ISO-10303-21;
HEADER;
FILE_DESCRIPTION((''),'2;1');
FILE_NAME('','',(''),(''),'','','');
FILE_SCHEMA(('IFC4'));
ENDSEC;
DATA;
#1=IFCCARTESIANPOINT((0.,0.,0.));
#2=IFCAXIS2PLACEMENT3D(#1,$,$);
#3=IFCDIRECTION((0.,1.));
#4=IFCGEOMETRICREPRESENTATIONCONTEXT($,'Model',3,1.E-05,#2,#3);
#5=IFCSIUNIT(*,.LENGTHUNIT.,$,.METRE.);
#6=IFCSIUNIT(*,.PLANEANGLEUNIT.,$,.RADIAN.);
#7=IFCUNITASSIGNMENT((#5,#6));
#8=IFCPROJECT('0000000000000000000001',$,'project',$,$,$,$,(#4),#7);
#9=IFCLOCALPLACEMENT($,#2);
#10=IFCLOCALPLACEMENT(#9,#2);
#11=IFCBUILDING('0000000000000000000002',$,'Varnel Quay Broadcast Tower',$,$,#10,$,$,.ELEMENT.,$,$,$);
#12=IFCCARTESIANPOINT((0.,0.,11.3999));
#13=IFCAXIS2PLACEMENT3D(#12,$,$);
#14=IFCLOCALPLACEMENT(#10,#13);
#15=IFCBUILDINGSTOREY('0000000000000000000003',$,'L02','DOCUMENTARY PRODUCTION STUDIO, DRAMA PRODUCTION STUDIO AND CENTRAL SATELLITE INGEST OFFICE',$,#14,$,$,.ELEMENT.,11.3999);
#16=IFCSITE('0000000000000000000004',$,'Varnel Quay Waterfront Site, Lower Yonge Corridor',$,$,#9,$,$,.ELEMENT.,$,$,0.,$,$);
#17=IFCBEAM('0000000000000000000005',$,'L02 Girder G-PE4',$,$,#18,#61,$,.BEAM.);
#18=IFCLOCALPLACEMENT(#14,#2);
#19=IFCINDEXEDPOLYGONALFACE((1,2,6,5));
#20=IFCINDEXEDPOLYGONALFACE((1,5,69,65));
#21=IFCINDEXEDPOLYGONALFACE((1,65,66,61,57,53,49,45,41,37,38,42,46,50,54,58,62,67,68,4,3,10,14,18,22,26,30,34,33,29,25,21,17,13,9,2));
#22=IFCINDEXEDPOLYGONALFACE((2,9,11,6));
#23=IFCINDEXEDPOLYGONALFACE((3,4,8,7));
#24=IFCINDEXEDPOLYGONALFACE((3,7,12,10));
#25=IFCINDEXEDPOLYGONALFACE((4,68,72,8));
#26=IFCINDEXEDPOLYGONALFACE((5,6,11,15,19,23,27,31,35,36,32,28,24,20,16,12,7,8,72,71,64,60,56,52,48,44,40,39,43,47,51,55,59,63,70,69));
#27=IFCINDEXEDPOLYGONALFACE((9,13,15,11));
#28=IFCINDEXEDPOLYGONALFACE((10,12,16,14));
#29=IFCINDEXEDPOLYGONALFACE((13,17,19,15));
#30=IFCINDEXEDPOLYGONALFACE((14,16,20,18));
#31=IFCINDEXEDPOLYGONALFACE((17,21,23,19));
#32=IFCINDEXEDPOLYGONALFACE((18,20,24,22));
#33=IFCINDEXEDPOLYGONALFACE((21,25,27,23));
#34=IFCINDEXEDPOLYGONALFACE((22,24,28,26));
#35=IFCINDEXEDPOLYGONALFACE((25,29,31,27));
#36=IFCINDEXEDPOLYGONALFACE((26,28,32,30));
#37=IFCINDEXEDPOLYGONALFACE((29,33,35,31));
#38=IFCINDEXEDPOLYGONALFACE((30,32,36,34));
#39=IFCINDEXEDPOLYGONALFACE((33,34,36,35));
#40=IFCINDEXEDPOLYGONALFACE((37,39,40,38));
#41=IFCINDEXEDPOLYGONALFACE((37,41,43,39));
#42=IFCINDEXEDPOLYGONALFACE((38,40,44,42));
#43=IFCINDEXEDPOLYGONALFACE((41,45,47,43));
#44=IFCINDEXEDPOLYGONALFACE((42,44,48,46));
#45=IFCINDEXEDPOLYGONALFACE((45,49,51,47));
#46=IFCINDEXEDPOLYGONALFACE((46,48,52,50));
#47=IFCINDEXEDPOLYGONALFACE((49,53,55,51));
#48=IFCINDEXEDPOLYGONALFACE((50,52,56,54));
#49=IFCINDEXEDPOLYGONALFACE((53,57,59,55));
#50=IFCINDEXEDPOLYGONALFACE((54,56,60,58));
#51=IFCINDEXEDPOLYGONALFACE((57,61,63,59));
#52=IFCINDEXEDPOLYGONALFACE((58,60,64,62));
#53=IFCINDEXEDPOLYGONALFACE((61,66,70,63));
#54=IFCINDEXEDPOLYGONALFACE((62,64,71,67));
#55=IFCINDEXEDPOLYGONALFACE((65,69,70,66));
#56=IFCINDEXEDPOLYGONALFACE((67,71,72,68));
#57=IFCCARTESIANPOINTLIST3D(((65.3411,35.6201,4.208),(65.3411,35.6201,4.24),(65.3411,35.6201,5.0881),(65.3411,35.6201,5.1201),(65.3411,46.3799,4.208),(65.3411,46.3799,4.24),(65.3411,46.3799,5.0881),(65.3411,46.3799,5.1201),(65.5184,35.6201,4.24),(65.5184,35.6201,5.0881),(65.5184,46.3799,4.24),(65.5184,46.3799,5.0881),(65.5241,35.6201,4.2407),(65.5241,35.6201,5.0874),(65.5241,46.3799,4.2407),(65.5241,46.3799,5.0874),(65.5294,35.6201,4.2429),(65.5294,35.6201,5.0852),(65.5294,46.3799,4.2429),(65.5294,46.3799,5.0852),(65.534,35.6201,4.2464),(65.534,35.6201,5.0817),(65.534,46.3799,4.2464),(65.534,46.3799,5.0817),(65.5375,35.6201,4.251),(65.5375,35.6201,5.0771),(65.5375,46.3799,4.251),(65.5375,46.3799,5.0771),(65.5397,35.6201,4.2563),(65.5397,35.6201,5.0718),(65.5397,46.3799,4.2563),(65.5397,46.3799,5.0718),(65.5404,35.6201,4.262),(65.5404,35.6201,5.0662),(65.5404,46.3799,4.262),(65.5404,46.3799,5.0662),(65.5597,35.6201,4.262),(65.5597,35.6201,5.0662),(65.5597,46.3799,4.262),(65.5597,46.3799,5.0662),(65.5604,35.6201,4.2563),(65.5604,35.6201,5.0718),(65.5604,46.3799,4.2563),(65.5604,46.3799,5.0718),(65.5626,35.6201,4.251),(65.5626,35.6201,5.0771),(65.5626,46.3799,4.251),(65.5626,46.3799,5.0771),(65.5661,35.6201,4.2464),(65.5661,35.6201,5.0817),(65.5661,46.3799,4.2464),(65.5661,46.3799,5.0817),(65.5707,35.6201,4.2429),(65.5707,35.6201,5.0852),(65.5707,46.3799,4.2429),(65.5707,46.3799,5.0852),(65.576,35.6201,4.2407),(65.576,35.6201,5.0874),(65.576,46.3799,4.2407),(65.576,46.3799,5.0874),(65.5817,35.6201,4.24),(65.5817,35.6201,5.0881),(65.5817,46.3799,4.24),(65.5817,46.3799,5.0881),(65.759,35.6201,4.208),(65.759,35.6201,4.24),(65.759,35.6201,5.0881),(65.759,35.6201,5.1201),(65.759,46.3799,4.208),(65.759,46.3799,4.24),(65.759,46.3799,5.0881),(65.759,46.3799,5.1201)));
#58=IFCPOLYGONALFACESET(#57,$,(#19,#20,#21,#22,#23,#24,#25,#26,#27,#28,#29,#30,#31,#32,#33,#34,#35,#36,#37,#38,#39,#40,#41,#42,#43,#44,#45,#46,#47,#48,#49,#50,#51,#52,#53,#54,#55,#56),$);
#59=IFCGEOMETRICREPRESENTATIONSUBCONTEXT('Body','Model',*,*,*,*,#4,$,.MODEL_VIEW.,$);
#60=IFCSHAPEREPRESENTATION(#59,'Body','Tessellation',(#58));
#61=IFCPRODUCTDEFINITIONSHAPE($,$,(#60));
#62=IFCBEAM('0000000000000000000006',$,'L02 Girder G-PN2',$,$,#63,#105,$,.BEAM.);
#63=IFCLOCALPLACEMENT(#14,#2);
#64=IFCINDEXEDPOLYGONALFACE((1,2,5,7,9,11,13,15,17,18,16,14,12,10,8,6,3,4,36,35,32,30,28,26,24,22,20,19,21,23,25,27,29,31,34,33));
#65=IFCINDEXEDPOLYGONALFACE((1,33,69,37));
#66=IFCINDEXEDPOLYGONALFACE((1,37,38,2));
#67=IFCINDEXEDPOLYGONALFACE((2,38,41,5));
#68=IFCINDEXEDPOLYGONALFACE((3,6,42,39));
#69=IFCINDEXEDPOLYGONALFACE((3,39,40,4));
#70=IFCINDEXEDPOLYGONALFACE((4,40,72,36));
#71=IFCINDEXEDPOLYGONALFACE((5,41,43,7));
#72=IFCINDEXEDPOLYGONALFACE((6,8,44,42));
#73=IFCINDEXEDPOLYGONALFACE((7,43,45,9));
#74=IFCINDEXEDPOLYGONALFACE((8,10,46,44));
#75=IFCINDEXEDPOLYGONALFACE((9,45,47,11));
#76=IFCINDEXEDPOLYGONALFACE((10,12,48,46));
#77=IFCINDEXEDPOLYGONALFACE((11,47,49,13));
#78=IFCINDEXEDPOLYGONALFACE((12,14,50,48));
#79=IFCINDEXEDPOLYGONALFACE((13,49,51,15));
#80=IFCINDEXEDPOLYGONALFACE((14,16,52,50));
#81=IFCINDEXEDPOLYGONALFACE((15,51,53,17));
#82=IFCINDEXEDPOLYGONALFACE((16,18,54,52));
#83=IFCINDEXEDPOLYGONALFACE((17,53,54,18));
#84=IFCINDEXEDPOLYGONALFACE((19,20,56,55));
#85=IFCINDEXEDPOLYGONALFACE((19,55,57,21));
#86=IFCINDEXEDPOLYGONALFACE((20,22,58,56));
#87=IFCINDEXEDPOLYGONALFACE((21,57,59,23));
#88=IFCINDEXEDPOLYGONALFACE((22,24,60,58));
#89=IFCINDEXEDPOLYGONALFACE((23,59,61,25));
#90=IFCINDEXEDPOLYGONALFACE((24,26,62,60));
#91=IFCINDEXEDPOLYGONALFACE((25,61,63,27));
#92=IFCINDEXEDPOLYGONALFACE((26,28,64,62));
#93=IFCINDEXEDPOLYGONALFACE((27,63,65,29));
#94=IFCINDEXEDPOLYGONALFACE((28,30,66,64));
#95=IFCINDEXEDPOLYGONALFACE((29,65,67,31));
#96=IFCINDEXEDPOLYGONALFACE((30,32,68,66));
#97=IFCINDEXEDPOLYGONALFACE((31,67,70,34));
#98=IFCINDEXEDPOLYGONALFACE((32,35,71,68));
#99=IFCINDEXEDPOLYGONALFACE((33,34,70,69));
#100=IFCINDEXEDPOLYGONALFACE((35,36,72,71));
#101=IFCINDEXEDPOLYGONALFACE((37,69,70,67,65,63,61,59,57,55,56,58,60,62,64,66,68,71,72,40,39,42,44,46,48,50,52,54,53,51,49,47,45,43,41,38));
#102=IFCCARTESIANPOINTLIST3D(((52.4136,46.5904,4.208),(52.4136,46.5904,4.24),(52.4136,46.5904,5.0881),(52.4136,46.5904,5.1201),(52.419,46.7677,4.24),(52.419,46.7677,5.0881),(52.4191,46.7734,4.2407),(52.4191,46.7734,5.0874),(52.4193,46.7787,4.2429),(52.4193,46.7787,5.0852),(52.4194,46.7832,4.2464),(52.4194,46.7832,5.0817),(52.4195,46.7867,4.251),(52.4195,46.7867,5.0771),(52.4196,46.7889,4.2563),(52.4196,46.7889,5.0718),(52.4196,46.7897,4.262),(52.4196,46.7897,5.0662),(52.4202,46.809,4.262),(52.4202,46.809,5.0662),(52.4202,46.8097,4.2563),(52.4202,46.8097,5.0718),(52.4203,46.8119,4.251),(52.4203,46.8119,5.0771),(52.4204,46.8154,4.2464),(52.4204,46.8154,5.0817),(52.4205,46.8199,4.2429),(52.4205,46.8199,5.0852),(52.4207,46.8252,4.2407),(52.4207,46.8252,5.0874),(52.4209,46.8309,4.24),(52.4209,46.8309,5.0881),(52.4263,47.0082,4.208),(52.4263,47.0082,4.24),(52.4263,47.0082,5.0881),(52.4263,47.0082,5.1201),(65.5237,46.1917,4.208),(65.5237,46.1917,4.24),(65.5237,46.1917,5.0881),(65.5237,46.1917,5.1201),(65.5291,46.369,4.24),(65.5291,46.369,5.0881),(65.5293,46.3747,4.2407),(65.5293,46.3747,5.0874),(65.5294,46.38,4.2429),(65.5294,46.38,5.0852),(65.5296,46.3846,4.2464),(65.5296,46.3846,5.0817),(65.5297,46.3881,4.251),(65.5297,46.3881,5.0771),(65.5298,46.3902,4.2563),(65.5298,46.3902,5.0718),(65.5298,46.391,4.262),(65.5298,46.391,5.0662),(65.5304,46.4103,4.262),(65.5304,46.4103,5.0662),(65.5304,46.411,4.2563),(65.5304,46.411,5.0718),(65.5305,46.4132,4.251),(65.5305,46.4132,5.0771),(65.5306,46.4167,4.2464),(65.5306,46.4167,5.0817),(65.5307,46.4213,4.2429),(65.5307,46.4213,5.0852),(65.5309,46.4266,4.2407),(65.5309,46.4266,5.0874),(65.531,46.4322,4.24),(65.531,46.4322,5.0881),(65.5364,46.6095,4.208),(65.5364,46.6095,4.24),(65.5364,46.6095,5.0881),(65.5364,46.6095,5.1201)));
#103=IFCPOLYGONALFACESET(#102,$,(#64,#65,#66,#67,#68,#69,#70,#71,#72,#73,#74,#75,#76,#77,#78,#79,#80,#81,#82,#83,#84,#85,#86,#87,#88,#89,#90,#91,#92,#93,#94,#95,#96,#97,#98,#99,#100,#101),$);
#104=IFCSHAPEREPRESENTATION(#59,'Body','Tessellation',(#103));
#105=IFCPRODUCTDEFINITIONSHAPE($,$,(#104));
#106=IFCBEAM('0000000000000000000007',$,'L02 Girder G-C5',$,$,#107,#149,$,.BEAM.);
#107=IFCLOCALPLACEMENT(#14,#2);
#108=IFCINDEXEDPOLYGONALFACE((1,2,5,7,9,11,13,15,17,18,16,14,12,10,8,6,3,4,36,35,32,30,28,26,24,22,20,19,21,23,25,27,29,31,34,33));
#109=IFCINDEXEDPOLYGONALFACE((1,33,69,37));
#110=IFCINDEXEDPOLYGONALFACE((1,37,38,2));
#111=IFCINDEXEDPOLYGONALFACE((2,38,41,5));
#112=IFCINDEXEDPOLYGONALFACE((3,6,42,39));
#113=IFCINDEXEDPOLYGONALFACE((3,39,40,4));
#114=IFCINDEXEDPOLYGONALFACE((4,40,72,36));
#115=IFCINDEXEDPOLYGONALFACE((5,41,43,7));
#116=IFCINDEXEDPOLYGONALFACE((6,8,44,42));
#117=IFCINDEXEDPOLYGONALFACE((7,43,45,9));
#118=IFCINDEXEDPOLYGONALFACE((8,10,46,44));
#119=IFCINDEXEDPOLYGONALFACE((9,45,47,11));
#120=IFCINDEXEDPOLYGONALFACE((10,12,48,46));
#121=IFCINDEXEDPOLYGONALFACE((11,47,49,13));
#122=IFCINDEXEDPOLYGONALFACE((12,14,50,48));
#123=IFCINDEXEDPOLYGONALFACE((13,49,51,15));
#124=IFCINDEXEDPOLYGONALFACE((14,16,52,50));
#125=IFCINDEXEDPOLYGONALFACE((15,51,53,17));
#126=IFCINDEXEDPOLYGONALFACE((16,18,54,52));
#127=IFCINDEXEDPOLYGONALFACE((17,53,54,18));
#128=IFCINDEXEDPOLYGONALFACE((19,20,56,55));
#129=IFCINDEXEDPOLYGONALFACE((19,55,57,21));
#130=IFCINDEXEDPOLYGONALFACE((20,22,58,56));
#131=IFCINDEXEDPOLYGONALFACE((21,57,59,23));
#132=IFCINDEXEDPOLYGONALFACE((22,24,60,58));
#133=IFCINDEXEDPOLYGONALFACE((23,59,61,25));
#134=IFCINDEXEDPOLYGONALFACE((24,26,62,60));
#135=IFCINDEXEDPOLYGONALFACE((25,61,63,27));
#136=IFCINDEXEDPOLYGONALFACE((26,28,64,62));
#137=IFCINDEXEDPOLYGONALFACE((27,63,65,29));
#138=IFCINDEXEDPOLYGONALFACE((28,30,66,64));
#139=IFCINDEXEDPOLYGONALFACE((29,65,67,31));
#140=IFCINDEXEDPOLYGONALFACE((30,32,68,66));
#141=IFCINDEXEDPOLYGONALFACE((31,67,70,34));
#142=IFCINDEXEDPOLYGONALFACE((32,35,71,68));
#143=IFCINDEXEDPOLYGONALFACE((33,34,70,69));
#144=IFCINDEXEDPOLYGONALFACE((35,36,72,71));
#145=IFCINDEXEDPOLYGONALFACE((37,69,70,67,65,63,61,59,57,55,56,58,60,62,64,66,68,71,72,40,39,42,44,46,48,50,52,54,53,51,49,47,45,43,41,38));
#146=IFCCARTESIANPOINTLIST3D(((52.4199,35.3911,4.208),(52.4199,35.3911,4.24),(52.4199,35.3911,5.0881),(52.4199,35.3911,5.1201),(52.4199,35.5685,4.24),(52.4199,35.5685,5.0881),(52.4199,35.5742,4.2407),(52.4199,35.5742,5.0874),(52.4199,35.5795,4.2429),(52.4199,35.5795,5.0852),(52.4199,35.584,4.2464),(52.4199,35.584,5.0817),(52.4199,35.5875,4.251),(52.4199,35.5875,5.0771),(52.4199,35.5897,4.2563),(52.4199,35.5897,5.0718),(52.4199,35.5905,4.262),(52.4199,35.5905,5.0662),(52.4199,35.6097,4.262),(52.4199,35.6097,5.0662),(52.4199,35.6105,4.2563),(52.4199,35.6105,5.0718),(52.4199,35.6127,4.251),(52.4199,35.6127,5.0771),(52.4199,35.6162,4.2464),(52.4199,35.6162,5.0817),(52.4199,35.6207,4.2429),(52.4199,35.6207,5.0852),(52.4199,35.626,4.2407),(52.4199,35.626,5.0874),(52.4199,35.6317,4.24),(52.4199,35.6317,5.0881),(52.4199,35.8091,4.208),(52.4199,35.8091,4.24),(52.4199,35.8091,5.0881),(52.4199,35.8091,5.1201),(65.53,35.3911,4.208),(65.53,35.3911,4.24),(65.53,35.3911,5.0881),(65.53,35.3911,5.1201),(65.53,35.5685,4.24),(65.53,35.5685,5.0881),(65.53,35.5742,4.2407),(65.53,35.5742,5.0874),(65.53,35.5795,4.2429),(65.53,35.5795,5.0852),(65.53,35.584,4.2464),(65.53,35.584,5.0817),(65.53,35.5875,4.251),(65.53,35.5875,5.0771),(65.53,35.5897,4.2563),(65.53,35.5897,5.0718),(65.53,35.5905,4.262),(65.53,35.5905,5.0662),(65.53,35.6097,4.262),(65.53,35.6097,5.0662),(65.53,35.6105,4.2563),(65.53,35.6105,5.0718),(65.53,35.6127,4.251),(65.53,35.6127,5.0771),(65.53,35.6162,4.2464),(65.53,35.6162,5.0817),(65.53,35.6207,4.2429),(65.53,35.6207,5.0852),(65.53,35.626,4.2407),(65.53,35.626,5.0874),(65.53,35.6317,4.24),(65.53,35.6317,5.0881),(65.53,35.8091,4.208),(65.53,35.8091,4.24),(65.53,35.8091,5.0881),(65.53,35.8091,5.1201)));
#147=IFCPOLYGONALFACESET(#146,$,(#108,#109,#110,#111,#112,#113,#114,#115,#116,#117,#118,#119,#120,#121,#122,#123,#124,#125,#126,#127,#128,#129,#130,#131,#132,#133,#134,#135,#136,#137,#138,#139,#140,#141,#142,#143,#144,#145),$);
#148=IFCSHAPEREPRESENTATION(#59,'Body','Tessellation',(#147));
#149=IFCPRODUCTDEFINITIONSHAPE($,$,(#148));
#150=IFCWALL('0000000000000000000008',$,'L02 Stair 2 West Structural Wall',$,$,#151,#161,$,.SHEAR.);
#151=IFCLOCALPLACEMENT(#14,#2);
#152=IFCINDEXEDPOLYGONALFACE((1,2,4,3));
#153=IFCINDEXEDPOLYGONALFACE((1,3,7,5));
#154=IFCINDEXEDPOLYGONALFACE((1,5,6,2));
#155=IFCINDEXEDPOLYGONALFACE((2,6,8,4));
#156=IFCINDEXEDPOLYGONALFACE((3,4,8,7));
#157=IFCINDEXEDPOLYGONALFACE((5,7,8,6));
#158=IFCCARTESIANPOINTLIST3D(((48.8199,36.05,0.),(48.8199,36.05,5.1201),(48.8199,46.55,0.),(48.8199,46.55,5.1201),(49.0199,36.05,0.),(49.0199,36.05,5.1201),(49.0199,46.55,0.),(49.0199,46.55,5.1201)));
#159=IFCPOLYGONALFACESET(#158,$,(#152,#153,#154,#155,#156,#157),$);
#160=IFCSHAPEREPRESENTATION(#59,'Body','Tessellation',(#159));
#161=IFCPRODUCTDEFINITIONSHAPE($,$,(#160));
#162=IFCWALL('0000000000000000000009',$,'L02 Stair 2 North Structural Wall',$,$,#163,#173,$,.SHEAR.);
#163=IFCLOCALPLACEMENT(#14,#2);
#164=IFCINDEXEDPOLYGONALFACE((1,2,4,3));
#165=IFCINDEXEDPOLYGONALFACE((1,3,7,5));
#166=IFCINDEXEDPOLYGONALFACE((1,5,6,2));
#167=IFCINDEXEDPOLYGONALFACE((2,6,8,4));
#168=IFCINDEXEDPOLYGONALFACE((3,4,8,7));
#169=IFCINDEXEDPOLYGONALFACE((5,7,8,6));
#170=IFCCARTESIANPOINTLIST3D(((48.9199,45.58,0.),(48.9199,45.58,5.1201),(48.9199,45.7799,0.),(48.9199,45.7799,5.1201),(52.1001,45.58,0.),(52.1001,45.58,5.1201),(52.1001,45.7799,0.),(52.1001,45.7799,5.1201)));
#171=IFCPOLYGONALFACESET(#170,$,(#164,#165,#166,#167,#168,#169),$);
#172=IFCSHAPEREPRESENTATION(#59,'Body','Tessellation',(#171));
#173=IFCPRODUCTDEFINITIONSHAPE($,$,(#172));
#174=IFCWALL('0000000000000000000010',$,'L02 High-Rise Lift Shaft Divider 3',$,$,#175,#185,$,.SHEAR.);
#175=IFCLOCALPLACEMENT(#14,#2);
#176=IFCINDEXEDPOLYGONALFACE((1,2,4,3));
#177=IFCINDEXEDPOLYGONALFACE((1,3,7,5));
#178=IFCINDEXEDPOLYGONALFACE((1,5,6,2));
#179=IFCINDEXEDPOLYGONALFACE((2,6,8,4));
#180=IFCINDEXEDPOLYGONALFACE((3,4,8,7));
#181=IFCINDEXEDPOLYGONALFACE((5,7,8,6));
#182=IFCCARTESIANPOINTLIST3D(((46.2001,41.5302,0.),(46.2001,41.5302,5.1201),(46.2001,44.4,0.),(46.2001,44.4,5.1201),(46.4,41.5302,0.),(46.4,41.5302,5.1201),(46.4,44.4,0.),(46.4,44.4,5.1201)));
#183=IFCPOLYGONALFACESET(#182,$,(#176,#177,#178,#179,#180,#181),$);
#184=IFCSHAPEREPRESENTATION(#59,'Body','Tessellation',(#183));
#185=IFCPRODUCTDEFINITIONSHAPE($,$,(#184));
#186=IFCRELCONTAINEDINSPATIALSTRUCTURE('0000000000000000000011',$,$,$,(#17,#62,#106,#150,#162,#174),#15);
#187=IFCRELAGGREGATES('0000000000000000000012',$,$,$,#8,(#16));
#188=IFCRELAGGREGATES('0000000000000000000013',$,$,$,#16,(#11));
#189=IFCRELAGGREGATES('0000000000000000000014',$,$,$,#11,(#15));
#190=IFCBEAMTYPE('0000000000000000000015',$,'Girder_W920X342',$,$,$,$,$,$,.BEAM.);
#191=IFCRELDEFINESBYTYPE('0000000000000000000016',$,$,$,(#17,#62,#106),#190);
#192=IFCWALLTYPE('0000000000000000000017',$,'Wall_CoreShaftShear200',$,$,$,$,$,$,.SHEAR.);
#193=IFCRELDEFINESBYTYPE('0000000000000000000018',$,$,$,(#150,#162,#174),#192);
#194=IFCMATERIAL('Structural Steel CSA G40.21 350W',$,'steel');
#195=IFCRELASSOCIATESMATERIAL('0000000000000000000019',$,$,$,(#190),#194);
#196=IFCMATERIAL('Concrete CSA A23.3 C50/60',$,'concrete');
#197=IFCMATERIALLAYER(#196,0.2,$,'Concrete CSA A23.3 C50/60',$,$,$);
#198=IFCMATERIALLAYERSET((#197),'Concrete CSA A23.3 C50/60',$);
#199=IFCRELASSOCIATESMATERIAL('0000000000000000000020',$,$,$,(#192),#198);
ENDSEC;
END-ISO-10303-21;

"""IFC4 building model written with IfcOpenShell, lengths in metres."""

from ifc_helpers import new_model, si_unit, direction, frame, frame_2d, origin, origin_2d, place, context, subcontext, project, spatial, rectangle, i_section, extrude, source, transform, mapped, material, layer, layer_set, material_profile, profile_set, type_object, type_shapes, element, save


model = new_model("IFC4")

# Units and contexts
model_context = context("Model", 3, precision=1e-05, world=origin(), true_north=direction((0.0, 1.0)))
body_context = subcontext(model_context, "Body", "Model", "MODEL_VIEW")
ifc_project = project(units=[si_unit("LENGTHUNIT", "METRE"), si_unit("PLANEANGLEUNIT", "RADIAN")], contexts=[model_context])

# Site, building, storey
site_placement = place(None, origin())
site = spatial("IfcSite", under=ifc_project, at=site_placement, Name="Varnel Quay Waterfront Site, Lower Yonge Corridor", CompositionType="ELEMENT", RefElevation=0.0)
building_placement = place(site_placement, origin())
building = spatial("IfcBuilding", under=site, at=building_placement, Name="Varnel Quay Broadcast Tower", CompositionType="ELEMENT")
storey_placement = place(building_placement, frame((0.0, 0.0, 11.3999)))
storey = spatial("IfcBuildingStorey", under=building, at=storey_placement, Name="L02", Description="DOCUMENTARY PRODUCTION STUDIO, DRAMA PRODUCTION STUDIO AND CENTRAL SATELLITE INGEST OFFICE", CompositionType="ELEMENT", Elevation=11.3999)

# Shared definitions
ifc_material_1 = material(Name="Structural Steel CSA G40.21 350W", Category="steel")

# Beams
ifc_material_profile_1 = material_profile(ifc_material_1, i_section(OverallWidth=0.418, OverallDepth=0.9121, WebThickness=0.0193, FlangeThickness=0.032, FilletRadius=0.022, at=origin_2d()), Name="W920X342")
ifc_profile_set_1 = profile_set([ifc_material_profile_1], Name="Structural Steel CSA G40.21 350W")
beam_type = type_object("IfcBeamType", Name="Girder_W920X342", PredefinedType="BEAM", material=ifc_profile_set_1)
shared_shape_1 = source(origin(), body_context, "Body", "SweptSolid", [
    extrude(i_section(OverallWidth=0.418, OverallDepth=0.9121, WebThickness=0.0193, FlangeThickness=0.032, FilletRadius=0.022, at=origin_2d()), origin(), (0.0, 0.0, 1.0), 10.7598),
])
beam_1_placement = place(storey_placement, frame((65.55, 35.6201, 4.6641), z_axis=(0.0, 1.0, 0.0), x_axis=(-1.0, 0.0, 0.0)))
element("IfcBeam", 1, at=beam_1_placement, inside=storey, type_object=beam_type, Name="L02 Girder G-PE4", PredefinedType="BEAM", context=body_context, shape_type="MappedRepresentation", body=[
    mapped(shared_shape_1, transform((0.0, 0.0, 0.0), x_axis=(1.0, 0.0, 0.0), y_axis=(0.0, 1.0, 0.0), z_axis=(0.0, 0.0, 1.0), scale=1.0)),
])
shared_shape_2 = source(origin(), body_context, "Body", "SweptSolid", [
    extrude(i_section(OverallWidth=0.418, OverallDepth=0.9121, WebThickness=0.0193, FlangeThickness=0.032, FilletRadius=0.022, at=origin_2d()), origin(), (0.0, 0.0, 1.0), 13.1162),
])
beam_2_placement = place(storey_placement, frame((52.4199, 46.7993, 4.6641), z_axis=(0.999538, -0.030396, 0.0), x_axis=(0.030396, 0.999538, 0.0)))
element("IfcBeam", 2, at=beam_2_placement, inside=storey, type_object=beam_type, Name="L02 Girder G-PN2", PredefinedType="BEAM", context=body_context, shape_type="MappedRepresentation", body=[
    mapped(shared_shape_2, transform((0.0, 0.0, 0.0), x_axis=(1.0, 0.0, 0.0), y_axis=(0.0, 1.0, 0.0), z_axis=(0.0, 0.0, 1.0), scale=1.0)),
])
shared_shape_3 = source(origin(), body_context, "Body", "SweptSolid", [
    extrude(i_section(OverallWidth=0.418, OverallDepth=0.9121, WebThickness=0.0193, FlangeThickness=0.032, FilletRadius=0.022, at=origin_2d()), origin(), (0.0, 0.0, 1.0), 13.1101),
])
type_shapes(beam_type, [shared_shape_1, shared_shape_2, shared_shape_3])
beam_3_placement = place(storey_placement, frame((52.4199, 35.6001, 4.6641), z_axis=(1.0, 0.0, 0.0), x_axis=(0.0, 1.0, 0.0)))
element("IfcBeam", 3, at=beam_3_placement, inside=storey, type_object=beam_type, Name="L02 Girder G-C5", PredefinedType="BEAM", context=body_context, shape_type="MappedRepresentation", body=[
    mapped(shared_shape_3, transform((0.0, 0.0, 0.0), x_axis=(1.0, 0.0, 0.0), y_axis=(0.0, 1.0, 0.0), z_axis=(0.0, 0.0, 1.0), scale=1.0)),
])

# Walls
ifc_material_2 = material(Name="Concrete CSA A23.3 C50/60", Category="concrete")
ifc_layer_1 = layer(ifc_material_2, 0.2, Name="Concrete CSA A23.3 C50/60")
ifc_layer_set_1 = layer_set([ifc_layer_1], Name="Concrete CSA A23.3 C50/60")
wall_type_1 = type_object("IfcWallType", Name="Wall_CoreShaftShear200", PredefinedType="SHEAR", material=ifc_layer_set_1)
wall_1_placement = place(storey_placement, frame((48.9199, 36.05, 0.0), z_axis=(0.0, 0.0, 1.0), x_axis=(0.0, 1.0, 0.0)))
element("IfcWall", 4, at=wall_1_placement, inside=storey, type_object=wall_type_1, Name="L02 Stair 2 West Structural Wall", PredefinedType="SHEAR", context=body_context, shape_type="SweptSolid", body=[
    extrude(rectangle(XDim=10.5, YDim=0.2, at=frame_2d((5.25, 0.0))), origin(), (0.0, 0.0, 1.0), 5.1201),
])
wall_2_placement = place(storey_placement, frame((48.9199, 45.6799, 0.0), z_axis=(0.0, 0.0, 1.0), x_axis=(1.0, 0.0, 0.0)))
element("IfcWall", 5, at=wall_2_placement, inside=storey, type_object=wall_type_1, Name="L02 Stair 2 North Structural Wall", PredefinedType="SHEAR", context=body_context, shape_type="SweptSolid", body=[
    extrude(rectangle(XDim=3.1802, YDim=0.2, at=frame_2d((1.5901, 0.0))), origin(), (0.0, 0.0, 1.0), 5.1201),
])
wall_3_placement = place(storey_placement, frame((46.3, 41.53, 0.0), z_axis=(0.0, 0.0, 1.0), x_axis=(0.0, 1.0, 0.0)))
element("IfcWall", 6, at=wall_3_placement, inside=storey, type_object=wall_type_1, Name="L02 High-Rise Lift Shaft Divider 3", PredefinedType="SHEAR", context=body_context, shape_type="SweptSolid", body=[
    extrude(rectangle(XDim=2.8699, YDim=0.2, at=frame_2d((1.4351, 0.0))), origin(), (0.0, 0.0, 1.0), 5.1201),
])

save(model, "model.ifc")
